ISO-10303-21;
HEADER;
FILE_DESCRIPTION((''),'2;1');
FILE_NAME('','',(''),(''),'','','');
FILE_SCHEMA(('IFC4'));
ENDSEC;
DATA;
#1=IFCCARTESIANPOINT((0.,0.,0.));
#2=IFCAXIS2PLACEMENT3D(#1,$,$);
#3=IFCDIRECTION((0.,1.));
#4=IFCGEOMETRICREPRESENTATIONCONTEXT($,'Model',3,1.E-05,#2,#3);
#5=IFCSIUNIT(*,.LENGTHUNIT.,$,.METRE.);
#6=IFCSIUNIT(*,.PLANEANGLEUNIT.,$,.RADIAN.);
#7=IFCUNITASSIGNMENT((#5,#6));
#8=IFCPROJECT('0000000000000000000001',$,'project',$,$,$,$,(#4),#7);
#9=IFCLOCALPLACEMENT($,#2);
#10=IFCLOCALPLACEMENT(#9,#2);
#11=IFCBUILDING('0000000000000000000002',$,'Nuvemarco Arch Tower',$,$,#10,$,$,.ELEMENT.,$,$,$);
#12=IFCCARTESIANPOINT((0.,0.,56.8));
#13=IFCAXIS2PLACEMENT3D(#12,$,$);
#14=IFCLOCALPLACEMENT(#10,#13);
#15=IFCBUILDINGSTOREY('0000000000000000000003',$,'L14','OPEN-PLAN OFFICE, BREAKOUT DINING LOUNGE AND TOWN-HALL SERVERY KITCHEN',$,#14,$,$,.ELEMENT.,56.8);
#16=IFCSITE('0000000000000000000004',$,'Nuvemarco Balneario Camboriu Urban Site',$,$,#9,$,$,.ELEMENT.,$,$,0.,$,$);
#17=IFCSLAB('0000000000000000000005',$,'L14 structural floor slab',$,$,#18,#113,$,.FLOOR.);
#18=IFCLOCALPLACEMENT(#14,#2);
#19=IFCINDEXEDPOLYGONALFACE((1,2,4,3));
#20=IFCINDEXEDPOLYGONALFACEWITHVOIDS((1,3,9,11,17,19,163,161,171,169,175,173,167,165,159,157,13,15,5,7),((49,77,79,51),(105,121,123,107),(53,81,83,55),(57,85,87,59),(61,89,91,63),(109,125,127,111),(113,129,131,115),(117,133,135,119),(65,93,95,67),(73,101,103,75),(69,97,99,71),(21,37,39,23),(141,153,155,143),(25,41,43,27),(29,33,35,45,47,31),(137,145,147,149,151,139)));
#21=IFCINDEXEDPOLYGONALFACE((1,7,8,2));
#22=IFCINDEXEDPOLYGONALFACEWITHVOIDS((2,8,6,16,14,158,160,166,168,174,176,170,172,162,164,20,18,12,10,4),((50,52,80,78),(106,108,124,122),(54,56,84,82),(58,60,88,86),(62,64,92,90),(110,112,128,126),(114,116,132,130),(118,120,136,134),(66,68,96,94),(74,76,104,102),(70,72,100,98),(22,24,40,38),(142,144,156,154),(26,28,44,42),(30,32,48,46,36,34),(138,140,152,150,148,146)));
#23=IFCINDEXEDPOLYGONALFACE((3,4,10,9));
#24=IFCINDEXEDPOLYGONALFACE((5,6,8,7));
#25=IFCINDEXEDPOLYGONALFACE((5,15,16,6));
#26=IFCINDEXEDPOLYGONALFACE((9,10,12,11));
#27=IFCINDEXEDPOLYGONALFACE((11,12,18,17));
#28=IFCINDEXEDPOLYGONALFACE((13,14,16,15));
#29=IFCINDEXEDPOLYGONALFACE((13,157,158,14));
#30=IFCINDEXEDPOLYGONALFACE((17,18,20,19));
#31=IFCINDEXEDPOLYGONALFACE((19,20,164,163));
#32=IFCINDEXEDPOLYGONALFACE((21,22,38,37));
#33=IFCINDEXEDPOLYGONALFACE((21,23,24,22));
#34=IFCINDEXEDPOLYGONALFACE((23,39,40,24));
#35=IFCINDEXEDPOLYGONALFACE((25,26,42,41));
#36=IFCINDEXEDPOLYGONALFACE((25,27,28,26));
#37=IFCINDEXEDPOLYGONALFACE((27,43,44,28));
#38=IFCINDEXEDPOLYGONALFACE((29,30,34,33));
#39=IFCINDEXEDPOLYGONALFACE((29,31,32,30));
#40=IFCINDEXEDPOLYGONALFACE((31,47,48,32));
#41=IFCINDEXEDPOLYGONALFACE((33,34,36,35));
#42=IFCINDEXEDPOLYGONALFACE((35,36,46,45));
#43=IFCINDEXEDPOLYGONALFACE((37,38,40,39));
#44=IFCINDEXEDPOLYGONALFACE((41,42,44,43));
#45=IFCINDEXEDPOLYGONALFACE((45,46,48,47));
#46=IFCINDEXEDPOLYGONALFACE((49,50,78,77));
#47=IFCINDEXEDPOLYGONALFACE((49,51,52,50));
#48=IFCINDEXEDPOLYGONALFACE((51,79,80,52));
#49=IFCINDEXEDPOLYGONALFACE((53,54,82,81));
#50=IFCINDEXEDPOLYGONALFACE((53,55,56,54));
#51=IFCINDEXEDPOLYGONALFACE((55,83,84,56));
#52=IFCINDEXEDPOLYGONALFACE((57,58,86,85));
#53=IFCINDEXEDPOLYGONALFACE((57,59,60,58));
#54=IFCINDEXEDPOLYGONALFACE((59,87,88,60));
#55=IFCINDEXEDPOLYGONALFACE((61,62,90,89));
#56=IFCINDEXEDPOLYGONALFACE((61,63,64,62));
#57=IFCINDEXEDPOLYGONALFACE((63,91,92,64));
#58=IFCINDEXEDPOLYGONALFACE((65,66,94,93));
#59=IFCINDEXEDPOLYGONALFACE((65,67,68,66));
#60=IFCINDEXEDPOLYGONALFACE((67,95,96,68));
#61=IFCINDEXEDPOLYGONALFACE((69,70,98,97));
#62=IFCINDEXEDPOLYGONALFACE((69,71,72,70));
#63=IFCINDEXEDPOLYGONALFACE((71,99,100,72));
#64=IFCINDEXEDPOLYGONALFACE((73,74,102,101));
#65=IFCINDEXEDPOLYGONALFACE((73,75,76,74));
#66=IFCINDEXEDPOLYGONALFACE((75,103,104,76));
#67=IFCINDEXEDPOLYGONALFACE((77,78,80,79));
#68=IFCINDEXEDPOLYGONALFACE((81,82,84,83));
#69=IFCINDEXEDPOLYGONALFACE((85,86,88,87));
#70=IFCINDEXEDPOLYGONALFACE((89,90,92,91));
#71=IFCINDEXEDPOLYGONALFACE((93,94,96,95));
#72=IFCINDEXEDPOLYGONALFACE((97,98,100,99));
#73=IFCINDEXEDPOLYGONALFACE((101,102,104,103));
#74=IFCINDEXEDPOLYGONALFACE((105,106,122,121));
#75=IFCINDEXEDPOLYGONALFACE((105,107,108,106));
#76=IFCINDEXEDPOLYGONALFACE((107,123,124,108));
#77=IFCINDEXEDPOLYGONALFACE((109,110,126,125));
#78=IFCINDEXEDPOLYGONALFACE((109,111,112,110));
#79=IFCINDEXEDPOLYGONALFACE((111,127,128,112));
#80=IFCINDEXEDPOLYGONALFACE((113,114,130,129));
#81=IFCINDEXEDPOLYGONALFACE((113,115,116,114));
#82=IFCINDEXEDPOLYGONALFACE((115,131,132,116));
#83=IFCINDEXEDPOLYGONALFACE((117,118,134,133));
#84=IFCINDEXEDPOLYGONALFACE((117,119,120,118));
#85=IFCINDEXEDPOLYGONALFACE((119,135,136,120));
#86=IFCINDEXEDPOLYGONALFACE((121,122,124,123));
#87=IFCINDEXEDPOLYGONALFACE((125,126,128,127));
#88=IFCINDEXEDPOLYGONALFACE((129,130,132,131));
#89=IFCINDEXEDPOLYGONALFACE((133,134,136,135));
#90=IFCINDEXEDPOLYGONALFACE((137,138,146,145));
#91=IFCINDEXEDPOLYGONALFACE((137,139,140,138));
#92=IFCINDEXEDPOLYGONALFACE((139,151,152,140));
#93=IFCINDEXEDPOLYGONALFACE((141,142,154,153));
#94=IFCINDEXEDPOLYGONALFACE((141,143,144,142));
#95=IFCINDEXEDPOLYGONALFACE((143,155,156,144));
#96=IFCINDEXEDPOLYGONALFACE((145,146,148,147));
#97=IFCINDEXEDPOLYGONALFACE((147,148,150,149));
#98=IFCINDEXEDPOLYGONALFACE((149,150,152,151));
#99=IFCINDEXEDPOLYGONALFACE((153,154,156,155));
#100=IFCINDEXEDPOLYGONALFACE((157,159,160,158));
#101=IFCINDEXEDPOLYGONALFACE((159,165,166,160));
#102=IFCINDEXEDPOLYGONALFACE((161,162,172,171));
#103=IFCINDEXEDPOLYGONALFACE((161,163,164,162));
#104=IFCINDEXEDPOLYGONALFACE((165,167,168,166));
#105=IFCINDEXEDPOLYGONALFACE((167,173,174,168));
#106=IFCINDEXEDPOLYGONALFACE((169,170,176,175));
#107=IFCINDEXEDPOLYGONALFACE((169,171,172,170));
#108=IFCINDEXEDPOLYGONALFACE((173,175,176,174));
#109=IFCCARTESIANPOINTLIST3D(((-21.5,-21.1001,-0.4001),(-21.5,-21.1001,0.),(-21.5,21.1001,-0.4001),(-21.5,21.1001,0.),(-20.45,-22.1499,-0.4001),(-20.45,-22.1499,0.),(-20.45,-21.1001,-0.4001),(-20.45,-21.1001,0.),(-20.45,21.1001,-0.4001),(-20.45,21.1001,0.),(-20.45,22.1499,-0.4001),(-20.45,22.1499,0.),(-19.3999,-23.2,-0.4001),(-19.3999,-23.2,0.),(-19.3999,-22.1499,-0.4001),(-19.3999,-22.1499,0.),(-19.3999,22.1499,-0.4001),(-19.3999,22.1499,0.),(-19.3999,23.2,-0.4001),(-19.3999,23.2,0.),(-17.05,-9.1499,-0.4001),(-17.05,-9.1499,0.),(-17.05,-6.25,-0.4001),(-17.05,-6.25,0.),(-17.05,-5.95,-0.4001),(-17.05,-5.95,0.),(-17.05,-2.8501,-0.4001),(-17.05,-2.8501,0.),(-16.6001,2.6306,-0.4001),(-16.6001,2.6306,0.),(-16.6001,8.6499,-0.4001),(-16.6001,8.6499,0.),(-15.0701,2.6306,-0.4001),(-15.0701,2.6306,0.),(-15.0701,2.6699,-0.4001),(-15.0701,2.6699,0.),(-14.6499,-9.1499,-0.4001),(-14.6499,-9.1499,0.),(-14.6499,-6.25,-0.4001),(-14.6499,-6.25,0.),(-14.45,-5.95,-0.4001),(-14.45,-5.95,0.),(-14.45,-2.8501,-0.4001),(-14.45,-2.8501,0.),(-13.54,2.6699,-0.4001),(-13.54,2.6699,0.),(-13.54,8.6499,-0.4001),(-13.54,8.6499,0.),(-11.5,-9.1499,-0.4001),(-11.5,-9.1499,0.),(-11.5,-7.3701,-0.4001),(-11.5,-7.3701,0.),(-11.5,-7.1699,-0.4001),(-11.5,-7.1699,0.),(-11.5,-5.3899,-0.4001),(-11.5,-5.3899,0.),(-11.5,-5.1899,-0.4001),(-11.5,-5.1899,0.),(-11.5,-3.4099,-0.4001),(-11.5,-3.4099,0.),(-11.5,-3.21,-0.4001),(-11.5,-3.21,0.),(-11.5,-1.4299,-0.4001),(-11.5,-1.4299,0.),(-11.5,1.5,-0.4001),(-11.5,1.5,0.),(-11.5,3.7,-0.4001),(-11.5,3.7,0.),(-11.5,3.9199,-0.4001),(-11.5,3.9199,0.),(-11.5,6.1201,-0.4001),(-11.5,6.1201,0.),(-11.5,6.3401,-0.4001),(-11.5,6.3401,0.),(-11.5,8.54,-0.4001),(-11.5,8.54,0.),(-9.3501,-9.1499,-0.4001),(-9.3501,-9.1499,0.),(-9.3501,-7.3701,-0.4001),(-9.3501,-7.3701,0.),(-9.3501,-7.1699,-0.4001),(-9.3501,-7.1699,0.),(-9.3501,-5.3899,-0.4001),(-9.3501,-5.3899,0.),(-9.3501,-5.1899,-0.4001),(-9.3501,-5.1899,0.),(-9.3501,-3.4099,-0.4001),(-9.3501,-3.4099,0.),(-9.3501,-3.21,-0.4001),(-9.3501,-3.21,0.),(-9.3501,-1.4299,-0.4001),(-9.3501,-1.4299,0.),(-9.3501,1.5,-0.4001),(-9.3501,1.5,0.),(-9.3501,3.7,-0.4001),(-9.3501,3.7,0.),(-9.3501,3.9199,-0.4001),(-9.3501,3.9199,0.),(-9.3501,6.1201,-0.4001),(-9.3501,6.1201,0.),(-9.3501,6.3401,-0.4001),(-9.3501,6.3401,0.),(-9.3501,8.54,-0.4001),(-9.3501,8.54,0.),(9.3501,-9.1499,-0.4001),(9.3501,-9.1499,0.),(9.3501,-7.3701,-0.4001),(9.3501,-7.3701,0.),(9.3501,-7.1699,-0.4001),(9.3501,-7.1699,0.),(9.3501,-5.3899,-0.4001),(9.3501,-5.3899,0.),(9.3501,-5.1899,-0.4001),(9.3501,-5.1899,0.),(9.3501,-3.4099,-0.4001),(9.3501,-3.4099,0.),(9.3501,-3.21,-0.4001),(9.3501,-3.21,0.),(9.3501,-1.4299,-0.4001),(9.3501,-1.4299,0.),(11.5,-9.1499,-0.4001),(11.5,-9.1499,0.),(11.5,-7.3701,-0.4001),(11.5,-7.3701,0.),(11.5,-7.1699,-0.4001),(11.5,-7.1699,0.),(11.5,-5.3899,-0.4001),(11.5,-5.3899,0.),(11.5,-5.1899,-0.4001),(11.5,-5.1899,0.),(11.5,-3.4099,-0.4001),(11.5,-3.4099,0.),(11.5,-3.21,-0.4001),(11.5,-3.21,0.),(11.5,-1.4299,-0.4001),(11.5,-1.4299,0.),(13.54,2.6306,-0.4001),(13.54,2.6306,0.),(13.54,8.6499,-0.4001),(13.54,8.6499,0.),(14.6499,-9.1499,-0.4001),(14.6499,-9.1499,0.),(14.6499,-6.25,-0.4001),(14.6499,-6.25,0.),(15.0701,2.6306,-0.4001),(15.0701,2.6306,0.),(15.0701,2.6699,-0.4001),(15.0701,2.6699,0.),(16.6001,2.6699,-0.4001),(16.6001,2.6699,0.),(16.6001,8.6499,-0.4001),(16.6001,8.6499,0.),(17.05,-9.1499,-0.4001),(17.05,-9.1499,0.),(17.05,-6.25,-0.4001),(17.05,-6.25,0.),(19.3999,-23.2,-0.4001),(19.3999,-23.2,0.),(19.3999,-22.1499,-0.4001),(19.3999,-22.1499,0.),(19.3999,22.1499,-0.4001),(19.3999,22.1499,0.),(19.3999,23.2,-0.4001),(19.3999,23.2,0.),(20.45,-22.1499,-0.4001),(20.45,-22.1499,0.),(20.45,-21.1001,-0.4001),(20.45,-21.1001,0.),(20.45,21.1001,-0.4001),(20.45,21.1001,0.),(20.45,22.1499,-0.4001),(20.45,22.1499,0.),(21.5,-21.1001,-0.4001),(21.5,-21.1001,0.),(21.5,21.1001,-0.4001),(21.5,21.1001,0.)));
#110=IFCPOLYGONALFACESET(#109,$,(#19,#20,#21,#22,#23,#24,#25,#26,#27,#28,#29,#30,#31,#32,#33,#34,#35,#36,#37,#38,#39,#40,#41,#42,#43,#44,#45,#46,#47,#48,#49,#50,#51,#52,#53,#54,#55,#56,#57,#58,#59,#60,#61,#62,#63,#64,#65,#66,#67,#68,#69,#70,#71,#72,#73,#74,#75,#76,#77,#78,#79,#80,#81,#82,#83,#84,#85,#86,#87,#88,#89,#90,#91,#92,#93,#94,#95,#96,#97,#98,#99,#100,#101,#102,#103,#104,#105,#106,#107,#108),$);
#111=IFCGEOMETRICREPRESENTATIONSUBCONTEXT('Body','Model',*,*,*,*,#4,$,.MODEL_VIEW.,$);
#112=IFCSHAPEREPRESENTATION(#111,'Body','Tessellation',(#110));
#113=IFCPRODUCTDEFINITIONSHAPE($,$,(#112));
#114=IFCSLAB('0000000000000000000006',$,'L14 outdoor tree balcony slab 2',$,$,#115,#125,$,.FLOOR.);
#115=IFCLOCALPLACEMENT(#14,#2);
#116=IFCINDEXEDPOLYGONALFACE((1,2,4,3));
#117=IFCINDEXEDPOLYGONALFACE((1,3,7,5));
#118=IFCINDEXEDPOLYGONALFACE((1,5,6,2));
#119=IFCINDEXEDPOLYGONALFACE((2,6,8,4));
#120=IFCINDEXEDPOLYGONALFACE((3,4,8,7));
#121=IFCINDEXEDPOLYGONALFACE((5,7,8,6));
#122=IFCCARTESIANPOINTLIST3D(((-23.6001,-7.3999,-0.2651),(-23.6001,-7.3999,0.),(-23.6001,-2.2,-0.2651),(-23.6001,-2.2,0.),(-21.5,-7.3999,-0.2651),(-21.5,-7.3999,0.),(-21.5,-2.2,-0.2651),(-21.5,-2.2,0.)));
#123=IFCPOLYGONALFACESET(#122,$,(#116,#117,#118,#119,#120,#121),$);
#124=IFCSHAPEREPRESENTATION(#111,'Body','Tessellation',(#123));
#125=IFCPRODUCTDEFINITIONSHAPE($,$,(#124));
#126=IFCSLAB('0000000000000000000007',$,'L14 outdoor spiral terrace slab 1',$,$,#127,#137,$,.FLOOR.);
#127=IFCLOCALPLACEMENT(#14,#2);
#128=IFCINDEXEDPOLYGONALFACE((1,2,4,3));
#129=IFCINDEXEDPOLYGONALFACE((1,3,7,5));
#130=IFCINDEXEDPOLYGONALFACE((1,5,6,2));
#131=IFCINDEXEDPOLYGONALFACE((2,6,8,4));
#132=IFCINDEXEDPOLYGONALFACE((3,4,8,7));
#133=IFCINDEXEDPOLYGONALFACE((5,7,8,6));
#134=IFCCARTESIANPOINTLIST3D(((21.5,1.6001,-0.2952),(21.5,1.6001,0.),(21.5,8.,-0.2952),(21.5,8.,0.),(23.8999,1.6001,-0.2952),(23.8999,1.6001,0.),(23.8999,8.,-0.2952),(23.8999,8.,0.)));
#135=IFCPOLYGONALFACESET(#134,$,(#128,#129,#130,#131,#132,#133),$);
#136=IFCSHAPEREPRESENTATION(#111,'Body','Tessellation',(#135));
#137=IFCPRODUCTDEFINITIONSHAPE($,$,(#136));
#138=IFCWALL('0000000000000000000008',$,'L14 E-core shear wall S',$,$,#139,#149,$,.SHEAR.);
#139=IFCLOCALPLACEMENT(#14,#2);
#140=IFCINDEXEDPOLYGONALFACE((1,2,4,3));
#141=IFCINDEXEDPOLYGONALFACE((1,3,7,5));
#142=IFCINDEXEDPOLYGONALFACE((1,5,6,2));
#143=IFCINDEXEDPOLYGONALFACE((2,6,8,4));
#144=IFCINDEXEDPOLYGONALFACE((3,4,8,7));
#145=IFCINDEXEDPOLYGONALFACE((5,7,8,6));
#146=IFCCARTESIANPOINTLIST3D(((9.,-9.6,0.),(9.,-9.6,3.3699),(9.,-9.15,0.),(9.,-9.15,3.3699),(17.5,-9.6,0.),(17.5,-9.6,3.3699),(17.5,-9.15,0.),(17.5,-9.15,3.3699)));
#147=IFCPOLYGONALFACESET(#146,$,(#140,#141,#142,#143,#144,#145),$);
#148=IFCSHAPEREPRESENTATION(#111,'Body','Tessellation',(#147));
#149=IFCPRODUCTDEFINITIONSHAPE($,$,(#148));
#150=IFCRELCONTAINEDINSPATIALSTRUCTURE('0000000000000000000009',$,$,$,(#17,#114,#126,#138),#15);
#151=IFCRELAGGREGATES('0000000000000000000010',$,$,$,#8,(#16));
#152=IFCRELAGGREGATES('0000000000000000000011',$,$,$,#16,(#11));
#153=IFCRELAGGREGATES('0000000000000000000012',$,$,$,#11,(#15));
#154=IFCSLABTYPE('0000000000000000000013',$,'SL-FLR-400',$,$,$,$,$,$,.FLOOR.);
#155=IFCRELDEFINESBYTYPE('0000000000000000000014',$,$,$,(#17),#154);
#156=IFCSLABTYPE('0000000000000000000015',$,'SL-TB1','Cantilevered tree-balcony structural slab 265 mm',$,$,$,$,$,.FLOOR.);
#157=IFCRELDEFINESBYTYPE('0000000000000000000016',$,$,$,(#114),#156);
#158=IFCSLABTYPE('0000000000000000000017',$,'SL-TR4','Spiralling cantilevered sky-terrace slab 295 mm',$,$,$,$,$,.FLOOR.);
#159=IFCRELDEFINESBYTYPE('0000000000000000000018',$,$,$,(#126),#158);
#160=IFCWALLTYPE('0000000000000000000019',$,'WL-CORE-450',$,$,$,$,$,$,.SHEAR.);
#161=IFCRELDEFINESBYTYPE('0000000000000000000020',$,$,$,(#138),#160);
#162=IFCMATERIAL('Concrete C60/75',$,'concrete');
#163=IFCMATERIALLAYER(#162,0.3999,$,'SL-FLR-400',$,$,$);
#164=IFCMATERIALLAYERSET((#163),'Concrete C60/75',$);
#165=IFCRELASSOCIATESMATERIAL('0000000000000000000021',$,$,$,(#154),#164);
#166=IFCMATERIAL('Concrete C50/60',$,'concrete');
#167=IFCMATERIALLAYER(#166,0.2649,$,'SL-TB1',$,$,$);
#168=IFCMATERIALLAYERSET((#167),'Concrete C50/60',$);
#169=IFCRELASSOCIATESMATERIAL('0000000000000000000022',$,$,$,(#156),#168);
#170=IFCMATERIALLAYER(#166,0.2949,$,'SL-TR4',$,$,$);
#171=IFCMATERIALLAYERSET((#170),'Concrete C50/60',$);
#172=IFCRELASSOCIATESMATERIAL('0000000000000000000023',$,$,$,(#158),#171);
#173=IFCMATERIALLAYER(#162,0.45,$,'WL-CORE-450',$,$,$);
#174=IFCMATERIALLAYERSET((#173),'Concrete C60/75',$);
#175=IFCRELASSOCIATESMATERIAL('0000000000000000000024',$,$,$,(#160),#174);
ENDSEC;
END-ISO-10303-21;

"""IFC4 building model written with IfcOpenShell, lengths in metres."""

from ifc_helpers import new_model, si_unit, direction, frame, frame_2d, origin, place, context, subcontext, project, spatial, polyline, rectangle, outline, extrude, material, layer, layer_set, type_object, element, save


model = new_model("IFC4")

# Units and contexts
model_context = context("Model", 3, precision=1e-05, world=origin(), true_north=direction((0.0, 1.0)))
body_context = subcontext(model_context, "Body", "Model", "MODEL_VIEW")
ifc_project = project(units=[si_unit("LENGTHUNIT", "METRE"), si_unit("PLANEANGLEUNIT", "RADIAN")], contexts=[model_context])

# Site, building, storey
site_placement = place(None, origin())
site = spatial("IfcSite", under=ifc_project, at=site_placement, Name="Nuvemarco Balneario Camboriu Urban Site", CompositionType="ELEMENT", RefElevation=0.0)
building_placement = place(site_placement, origin())
building = spatial("IfcBuilding", under=site, at=building_placement, Name="Nuvemarco Arch Tower", CompositionType="ELEMENT")
storey_placement = place(building_placement, frame((0.0, 0.0, 56.8)))
storey = spatial("IfcBuildingStorey", under=building, at=storey_placement, Name="L14", Description="OPEN-PLAN OFFICE, BREAKOUT DINING LOUNGE AND TOWN-HALL SERVERY KITCHEN", CompositionType="ELEMENT", Elevation=56.8)

# Shared definitions
ifc_material_1 = material(Name="Concrete C60/75", Category="concrete")

# Slabs
ifc_layer_1 = layer(ifc_material_1, 0.3999, Name="SL-FLR-400")
ifc_layer_set_1 = layer_set([ifc_layer_1], Name="Concrete C60/75")
slab_type_1 = type_object("IfcSlabType", Name="SL-FLR-400", PredefinedType="FLOOR", material=ifc_layer_set_1)
slab_1_placement = place(storey_placement, frame((0.0, 0.0, -0.4001)))
element("IfcSlab", 1, at=slab_1_placement, inside=storey, type_object=slab_type_1, Name="L14 structural floor slab", PredefinedType="FLOOR", context=body_context, shape_type="SweptSolid", body=[
    extrude(outline(polyline([(-19.3999, -23.2), (19.3999, -23.2), (19.3999, -22.1499), (20.45, -22.1499), (20.45, -21.1001), (21.5, -21.1001), (21.5, 21.1001), (20.45, 21.1001), (20.45, 22.1499), (19.3999, 22.1499), (19.3999, 23.2), (-19.3999, 23.2), (-19.3999, 22.1499), (-20.45, 22.1499), (-20.45, 21.1001), (-21.5, 21.1001), (-21.5, -21.1001), (-20.45, -21.1001), (-20.45, -22.1499), (-19.3999, -22.1499), (-19.3999, -23.2)]), holes=[polyline([(-13.54, 2.6699), (-13.54, 8.6499), (-16.6001, 8.6499), (-16.6001, 2.6306), (-15.0701, 2.6306), (-15.0701, 2.6699), (-13.54, 2.6699)]), polyline([(16.6001, 2.6699), (16.6001, 8.6499), (13.54, 8.6499), (13.54, 2.6306), (15.0701, 2.6306), (15.0701, 2.6699), (16.6001, 2.6699)]), polyline([(-17.05, -9.1499), (-14.6499, -9.1499), (-14.6499, -6.25), (-17.05, -6.25), (-17.05, -9.1499)]), polyline([(-17.05, -5.95), (-14.45, -5.95), (-14.45, -2.8501), (-17.05, -2.8501), (-17.05, -5.95)]), polyline([(-11.5, -9.1499), (-9.3501, -9.1499), (-9.3501, -7.3701), (-11.5, -7.3701), (-11.5, -9.1499)]), polyline([(-11.5, -7.1699), (-9.3501, -7.1699), (-9.3501, -5.3899), (-11.5, -5.3899), (-11.5, -7.1699)]), polyline([(-11.5, -5.1899), (-9.3501, -5.1899), (-9.3501, -3.4099), (-11.5, -3.4099), (-11.5, -5.1899)]), polyline([(-11.5, -3.21), (-9.3501, -3.21), (-9.3501, -1.4299), (-11.5, -1.4299), (-11.5, -3.21)]), polyline([(-11.5, 1.5), (-9.3501, 1.5), (-9.3501, 3.7), (-11.5, 3.7), (-11.5, 1.5)]), polyline([(-11.5, 3.9199), (-9.3501, 3.9199), (-9.3501, 6.1201), (-11.5, 6.1201), (-11.5, 3.9199)]), polyline([(-11.5, 6.3401), (-9.3501, 6.3401), (-9.3501, 8.54), (-11.5, 8.54), (-11.5, 6.3401)]), polyline([(14.6499, -9.1499), (17.05, -9.1499), (17.05, -6.25), (14.6499, -6.25), (14.6499, -9.1499)]), polyline([(9.3501, -9.1499), (11.5, -9.1499), (11.5, -7.3701), (9.3501, -7.3701), (9.3501, -9.1499)]), polyline([(9.3501, -7.1699), (11.5, -7.1699), (11.5, -5.3899), (9.3501, -5.3899), (9.3501, -7.1699)]), polyline([(9.3501, -5.1899), (11.5, -5.1899), (11.5, -3.4099), (9.3501, -3.4099), (9.3501, -5.1899)]), polyline([(9.3501, -3.21), (11.5, -3.21), (11.5, -1.4299), (9.3501, -1.4299), (9.3501, -3.21)])]), origin(), (0.0, 0.0, 1.0), 0.4001),
])
ifc_material_2 = material(Name="Concrete C50/60", Category="concrete")
ifc_layer_2 = layer(ifc_material_2, 0.2649, Name="SL-TB1")
ifc_layer_set_2 = layer_set([ifc_layer_2], Name="Concrete C50/60")
slab_type_2 = type_object("IfcSlabType", Name="SL-TB1", Description="Cantilevered tree-balcony structural slab 265 mm", PredefinedType="FLOOR", material=ifc_layer_set_2)
slab_2_placement = place(storey_placement, frame((0.0, 0.0, -0.2651)))
element("IfcSlab", 2, at=slab_2_placement, inside=storey, type_object=slab_type_2, Name="L14 outdoor tree balcony slab 2", PredefinedType="FLOOR", context=body_context, shape_type="SweptSolid", body=[
    extrude(outline(polyline([(-23.6001, -7.3999), (-21.5, -7.3999), (-21.5, -2.2), (-23.6001, -2.2), (-23.6001, -7.3999)])), origin(), (0.0, 0.0, 1.0), 0.2651),
])
ifc_layer_3 = layer(ifc_material_2, 0.2949, Name="SL-TR4")
ifc_layer_set_3 = layer_set([ifc_layer_3], Name="Concrete C50/60")
slab_type_3 = type_object("IfcSlabType", Name="SL-TR4", Description="Spiralling cantilevered sky-terrace slab 295 mm", PredefinedType="FLOOR", material=ifc_layer_set_3)
slab_3_placement = place(storey_placement, frame((0.0, 0.0, -0.2952)))
element("IfcSlab", 3, at=slab_3_placement, inside=storey, type_object=slab_type_3, Name="L14 outdoor spiral terrace slab 1", PredefinedType="FLOOR", context=body_context, shape_type="SweptSolid", body=[
    extrude(outline(polyline([(21.5, 1.6001), (23.8999, 1.6001), (23.8999, 8.0), (21.5, 8.0), (21.5, 1.6001)])), origin(), (0.0, 0.0, 1.0), 0.2952),
])

# Wall
ifc_layer_4 = layer(ifc_material_1, 0.45, Name="WL-CORE-450")
ifc_layer_set_4 = layer_set([ifc_layer_4], Name="Concrete C60/75")
wall_type_1 = type_object("IfcWallType", Name="WL-CORE-450", PredefinedType="SHEAR", material=ifc_layer_set_4)
wall_1_placement = place(storey_placement, frame((9.0, -9.375, 0.0), z_axis=(0.0, 0.0, 1.0), x_axis=(1.0, 0.0, 0.0)))
element("IfcWall", 4, at=wall_1_placement, inside=storey, type_object=wall_type_1, Name="L14 E-core shear wall S", PredefinedType="SHEAR", context=body_context, shape_type="SweptSolid", body=[
    extrude(rectangle(XDim=8.5, YDim=0.45, at=frame_2d((4.25, 0.0))), origin(), (0.0, 0.0, 1.0), 3.3699),
])

save(model, "model.ifc")
